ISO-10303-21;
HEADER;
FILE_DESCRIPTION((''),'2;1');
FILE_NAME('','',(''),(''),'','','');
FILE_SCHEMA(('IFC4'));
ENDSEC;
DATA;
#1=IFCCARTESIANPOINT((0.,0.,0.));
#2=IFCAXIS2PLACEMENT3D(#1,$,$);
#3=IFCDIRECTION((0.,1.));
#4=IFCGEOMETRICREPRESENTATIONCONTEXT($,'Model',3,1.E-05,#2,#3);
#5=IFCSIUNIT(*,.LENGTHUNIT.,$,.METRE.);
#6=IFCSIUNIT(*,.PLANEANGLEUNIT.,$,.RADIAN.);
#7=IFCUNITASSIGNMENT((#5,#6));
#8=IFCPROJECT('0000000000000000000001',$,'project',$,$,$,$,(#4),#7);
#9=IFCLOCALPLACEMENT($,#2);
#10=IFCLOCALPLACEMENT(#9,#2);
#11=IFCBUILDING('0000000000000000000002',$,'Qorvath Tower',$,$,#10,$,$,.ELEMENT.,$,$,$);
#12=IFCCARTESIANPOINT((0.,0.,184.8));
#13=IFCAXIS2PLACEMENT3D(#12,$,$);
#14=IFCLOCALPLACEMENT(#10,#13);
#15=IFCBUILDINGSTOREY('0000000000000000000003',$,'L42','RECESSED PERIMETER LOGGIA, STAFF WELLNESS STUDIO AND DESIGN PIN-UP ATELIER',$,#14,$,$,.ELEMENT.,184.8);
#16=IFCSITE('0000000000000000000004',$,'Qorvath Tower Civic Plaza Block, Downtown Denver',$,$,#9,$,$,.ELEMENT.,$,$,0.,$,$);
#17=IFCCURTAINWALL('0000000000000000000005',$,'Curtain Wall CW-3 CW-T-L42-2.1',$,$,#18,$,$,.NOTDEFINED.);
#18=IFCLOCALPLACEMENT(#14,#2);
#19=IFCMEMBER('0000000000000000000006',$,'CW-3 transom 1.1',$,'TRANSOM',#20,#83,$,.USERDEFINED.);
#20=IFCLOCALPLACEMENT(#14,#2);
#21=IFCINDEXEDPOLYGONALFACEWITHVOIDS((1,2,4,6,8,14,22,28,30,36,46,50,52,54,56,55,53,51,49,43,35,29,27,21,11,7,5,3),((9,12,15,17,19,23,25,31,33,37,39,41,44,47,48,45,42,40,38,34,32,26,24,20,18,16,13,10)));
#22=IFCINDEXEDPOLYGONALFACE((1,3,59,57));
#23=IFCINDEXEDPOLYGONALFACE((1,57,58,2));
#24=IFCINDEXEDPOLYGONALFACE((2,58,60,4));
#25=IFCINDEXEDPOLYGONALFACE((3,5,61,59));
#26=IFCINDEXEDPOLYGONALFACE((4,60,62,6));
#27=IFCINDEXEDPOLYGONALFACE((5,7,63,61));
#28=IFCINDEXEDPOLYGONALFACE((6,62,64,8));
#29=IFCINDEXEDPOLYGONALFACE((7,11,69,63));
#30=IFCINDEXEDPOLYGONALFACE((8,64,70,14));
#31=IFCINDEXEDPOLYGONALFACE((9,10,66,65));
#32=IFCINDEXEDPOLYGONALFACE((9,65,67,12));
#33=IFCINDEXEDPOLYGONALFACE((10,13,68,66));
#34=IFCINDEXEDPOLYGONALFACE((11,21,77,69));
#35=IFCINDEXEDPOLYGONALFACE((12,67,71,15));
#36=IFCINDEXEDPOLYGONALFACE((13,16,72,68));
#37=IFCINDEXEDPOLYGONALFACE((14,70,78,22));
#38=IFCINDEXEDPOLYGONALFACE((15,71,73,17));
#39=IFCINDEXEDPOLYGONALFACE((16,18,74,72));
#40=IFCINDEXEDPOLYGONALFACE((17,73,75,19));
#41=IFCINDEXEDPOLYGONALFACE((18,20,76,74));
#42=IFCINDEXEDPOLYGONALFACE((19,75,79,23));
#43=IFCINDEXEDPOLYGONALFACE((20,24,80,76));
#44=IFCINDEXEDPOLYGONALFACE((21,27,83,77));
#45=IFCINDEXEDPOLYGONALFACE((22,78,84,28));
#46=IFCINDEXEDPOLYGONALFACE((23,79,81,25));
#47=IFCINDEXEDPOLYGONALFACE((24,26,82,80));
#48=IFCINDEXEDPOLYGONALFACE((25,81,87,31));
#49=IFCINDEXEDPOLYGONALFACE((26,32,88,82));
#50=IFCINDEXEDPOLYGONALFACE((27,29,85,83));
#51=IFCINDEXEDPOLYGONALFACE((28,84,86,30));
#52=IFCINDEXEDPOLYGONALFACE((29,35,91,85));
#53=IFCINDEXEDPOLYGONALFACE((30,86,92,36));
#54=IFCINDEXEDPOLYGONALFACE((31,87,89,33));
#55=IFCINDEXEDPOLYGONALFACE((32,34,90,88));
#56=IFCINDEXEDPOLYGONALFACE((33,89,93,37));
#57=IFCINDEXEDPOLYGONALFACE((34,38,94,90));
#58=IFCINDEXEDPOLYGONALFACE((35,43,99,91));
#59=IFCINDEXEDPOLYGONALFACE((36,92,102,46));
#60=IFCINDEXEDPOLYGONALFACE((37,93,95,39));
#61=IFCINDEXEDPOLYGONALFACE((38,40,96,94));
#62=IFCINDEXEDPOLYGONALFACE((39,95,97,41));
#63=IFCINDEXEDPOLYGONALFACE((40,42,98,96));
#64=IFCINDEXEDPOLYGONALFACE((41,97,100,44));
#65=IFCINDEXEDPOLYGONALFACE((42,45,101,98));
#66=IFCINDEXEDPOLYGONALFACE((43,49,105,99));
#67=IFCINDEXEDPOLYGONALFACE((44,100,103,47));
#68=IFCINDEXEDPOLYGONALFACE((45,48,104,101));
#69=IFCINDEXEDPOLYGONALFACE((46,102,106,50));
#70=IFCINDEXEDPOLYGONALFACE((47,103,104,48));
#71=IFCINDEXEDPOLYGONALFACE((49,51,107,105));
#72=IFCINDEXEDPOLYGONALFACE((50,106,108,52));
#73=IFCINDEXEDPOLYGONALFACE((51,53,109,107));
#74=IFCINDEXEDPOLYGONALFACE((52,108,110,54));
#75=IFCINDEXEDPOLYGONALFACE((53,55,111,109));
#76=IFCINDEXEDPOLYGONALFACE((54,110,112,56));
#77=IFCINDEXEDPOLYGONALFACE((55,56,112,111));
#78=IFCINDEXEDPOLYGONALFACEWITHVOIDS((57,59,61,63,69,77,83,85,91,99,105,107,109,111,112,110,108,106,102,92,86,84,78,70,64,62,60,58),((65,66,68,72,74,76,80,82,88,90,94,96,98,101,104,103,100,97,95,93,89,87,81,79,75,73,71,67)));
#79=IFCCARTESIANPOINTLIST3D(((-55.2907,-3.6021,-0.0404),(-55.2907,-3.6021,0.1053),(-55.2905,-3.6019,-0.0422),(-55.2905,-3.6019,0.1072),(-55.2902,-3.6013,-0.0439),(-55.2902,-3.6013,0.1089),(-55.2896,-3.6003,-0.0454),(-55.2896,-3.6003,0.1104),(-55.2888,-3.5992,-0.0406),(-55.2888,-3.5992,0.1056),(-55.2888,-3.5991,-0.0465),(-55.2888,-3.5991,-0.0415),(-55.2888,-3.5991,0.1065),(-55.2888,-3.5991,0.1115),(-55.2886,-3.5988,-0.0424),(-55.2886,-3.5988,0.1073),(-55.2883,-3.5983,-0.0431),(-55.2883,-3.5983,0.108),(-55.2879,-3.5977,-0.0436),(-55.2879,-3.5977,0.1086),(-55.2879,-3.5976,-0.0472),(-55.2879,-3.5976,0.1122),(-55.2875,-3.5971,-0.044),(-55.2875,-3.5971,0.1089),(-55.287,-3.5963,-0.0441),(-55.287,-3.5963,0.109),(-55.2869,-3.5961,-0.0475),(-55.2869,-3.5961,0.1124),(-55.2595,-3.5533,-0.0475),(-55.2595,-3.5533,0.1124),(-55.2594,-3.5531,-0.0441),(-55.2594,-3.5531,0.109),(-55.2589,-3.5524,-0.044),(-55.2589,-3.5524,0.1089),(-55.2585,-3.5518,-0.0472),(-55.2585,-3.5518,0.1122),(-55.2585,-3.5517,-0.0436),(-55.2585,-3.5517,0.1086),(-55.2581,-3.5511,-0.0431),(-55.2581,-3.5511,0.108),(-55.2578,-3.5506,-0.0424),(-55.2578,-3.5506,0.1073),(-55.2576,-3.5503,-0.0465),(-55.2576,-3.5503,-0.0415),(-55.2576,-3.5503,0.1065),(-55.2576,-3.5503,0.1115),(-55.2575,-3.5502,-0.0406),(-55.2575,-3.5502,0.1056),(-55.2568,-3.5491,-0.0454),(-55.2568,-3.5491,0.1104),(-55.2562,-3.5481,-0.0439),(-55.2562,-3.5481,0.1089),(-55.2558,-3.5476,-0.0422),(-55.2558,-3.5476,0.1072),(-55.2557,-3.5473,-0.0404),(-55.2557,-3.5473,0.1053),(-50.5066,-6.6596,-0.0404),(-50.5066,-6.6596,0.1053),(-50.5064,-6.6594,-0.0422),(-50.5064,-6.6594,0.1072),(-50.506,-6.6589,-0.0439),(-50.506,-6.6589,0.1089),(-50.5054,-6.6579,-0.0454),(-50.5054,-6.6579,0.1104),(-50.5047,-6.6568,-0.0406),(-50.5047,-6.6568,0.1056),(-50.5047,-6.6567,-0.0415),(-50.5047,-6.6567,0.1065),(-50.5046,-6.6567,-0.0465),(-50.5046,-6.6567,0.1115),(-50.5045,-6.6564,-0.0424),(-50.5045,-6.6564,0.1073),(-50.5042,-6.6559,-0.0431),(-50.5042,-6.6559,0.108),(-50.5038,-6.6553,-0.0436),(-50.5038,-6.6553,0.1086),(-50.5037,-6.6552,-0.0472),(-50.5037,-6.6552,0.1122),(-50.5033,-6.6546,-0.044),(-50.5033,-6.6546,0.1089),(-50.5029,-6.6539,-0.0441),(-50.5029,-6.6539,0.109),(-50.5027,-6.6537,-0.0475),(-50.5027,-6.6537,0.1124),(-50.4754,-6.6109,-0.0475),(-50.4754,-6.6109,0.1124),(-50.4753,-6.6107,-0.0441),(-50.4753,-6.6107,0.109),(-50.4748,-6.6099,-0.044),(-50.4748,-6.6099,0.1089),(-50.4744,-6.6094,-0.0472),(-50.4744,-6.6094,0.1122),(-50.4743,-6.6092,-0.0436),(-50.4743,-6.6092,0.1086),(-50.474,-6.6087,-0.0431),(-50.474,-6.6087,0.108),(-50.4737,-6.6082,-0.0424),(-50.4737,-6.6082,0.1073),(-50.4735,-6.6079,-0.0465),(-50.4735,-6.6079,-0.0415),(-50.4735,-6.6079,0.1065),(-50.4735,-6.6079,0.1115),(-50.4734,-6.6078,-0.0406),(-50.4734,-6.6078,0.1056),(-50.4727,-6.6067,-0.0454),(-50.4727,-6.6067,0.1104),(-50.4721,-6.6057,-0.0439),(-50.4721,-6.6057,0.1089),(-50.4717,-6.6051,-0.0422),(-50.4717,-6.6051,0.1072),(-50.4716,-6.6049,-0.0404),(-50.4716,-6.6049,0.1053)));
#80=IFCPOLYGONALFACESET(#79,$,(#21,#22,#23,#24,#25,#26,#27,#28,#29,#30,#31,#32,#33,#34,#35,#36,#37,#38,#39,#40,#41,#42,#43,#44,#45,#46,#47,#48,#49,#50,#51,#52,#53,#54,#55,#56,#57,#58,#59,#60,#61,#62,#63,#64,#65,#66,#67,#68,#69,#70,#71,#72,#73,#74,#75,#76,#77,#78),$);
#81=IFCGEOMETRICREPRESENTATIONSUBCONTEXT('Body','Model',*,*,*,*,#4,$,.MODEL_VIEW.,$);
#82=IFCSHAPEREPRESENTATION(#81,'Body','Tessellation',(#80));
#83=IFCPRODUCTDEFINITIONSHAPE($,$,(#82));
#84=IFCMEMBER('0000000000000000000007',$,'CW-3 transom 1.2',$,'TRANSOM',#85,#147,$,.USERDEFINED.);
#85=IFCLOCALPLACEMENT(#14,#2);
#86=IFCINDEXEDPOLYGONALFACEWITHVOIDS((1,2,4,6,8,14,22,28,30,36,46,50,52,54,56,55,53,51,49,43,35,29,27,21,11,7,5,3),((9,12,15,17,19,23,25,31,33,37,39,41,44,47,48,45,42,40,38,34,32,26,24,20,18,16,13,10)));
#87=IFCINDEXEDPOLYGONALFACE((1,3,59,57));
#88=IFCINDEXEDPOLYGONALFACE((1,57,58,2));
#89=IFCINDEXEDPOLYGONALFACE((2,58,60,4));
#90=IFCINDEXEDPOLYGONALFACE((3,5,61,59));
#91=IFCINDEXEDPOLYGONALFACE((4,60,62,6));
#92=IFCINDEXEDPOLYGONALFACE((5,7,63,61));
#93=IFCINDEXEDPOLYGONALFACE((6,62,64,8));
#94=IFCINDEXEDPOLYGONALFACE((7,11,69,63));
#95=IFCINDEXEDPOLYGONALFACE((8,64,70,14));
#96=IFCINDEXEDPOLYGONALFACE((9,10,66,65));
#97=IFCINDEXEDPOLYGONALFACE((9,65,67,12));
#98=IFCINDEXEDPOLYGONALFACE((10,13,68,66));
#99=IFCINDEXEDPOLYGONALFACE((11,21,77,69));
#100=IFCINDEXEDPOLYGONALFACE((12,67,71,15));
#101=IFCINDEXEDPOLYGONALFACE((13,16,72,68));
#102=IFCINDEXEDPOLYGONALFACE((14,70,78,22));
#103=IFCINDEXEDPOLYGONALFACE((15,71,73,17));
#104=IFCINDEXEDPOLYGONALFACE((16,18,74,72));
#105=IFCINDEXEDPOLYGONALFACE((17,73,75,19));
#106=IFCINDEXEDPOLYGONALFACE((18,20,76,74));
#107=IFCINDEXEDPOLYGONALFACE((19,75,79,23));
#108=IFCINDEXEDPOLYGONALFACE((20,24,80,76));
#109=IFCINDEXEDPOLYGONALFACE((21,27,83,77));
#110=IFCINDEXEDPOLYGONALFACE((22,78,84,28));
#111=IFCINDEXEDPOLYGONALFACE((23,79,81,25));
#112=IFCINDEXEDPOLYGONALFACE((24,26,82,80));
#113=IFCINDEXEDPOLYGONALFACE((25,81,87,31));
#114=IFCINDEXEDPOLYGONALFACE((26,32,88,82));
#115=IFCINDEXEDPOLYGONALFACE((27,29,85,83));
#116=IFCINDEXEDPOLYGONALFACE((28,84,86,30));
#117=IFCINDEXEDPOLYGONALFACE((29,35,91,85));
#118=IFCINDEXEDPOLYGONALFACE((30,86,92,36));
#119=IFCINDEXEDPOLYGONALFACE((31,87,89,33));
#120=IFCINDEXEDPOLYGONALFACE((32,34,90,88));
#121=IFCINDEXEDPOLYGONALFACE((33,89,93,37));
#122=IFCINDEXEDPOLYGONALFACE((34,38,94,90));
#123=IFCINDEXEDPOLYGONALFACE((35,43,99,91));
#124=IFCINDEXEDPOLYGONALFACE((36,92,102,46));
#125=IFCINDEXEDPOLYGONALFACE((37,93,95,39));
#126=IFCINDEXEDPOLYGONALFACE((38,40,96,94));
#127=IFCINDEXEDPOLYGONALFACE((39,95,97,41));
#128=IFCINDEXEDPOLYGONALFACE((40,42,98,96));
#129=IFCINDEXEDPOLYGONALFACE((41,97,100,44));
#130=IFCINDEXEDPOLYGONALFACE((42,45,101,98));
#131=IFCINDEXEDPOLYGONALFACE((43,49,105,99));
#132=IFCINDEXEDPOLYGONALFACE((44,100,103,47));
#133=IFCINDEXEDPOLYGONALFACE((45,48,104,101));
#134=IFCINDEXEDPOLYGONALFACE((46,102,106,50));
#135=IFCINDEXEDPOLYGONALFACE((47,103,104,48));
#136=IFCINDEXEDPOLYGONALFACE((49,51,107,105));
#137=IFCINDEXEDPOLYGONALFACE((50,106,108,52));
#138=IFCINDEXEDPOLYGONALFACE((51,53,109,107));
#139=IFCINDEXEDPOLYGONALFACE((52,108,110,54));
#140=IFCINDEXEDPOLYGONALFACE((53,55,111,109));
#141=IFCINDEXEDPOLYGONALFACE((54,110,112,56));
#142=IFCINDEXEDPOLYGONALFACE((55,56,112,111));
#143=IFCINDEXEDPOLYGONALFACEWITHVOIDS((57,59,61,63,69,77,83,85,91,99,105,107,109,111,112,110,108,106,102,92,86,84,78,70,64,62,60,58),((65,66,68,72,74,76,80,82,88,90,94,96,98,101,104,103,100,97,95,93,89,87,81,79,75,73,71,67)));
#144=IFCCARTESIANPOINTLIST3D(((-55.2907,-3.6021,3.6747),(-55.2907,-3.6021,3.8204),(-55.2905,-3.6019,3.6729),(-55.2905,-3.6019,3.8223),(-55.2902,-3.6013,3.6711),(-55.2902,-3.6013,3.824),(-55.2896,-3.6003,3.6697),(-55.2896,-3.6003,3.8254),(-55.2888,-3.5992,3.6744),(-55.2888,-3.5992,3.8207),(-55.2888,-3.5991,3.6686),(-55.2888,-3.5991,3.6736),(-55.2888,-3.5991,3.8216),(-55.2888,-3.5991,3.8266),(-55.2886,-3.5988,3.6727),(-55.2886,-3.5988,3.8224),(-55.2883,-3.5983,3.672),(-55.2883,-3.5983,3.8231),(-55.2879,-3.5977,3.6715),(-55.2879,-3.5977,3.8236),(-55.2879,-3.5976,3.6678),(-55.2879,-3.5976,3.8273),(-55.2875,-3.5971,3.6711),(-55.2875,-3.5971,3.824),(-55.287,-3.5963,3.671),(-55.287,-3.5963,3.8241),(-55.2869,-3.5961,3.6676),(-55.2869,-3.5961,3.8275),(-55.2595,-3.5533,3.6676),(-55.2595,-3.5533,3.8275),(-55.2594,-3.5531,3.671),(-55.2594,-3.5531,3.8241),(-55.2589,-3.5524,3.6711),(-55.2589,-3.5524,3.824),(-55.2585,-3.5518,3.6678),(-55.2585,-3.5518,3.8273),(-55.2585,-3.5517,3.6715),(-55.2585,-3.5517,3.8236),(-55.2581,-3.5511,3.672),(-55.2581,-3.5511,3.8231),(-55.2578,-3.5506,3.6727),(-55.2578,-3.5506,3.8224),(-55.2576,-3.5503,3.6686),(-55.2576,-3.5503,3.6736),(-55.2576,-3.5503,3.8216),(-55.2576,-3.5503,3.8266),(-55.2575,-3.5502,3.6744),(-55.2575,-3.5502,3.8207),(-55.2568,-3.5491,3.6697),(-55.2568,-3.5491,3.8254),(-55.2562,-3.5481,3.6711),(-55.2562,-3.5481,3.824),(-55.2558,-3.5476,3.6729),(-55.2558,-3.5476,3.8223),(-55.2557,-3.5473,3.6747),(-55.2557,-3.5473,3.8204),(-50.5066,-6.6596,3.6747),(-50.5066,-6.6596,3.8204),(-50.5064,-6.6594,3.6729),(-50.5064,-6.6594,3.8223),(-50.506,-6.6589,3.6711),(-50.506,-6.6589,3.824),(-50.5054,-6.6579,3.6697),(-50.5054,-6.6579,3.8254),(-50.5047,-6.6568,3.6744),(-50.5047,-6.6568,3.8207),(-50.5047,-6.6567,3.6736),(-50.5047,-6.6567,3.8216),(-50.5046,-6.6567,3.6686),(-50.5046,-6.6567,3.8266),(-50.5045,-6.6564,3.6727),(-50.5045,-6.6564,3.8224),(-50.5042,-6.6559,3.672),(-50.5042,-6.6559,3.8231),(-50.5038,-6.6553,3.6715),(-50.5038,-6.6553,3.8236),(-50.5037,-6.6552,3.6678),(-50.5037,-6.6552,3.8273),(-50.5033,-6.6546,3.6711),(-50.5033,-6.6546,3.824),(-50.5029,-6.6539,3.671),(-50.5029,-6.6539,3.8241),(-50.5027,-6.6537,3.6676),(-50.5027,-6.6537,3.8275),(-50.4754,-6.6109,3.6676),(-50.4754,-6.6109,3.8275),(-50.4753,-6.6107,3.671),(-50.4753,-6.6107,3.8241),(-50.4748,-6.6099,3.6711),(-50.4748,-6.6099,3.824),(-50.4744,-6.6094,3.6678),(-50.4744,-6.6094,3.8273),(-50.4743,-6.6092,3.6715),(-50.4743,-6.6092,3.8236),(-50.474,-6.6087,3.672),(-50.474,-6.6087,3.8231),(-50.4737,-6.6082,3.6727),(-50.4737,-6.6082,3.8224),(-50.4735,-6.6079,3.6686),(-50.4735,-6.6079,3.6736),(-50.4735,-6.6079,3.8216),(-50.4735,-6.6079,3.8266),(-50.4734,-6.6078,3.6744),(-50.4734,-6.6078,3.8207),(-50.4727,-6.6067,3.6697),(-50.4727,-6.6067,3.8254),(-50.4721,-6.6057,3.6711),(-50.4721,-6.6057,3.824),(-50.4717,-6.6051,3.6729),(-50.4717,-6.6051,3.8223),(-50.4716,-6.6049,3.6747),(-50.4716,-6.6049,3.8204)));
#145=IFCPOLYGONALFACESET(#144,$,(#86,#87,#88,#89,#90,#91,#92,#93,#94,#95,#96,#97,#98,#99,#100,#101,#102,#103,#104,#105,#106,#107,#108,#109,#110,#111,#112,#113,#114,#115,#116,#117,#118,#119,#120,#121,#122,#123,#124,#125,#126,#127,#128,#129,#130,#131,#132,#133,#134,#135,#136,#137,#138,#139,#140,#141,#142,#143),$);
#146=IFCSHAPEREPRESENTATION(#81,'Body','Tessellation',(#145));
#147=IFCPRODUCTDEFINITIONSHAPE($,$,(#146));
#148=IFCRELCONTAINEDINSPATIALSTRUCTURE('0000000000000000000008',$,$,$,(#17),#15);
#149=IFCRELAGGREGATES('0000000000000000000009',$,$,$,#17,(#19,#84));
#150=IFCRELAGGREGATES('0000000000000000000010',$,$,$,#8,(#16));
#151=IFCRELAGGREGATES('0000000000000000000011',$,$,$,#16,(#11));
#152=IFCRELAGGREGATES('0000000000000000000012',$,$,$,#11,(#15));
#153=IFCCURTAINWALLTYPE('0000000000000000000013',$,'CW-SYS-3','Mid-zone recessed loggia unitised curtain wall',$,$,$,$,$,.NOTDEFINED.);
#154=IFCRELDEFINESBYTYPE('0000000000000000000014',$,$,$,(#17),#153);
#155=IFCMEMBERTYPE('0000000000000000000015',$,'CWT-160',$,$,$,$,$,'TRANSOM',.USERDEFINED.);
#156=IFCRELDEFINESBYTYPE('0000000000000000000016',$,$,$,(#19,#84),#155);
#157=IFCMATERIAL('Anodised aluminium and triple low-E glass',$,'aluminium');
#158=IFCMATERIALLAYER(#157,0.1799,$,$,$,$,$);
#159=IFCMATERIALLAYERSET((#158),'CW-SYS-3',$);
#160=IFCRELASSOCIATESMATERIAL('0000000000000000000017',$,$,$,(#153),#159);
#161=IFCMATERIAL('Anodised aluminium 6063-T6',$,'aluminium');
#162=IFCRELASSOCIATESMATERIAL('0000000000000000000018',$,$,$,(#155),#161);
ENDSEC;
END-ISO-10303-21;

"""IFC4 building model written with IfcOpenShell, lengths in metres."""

from ifc_helpers import new_model, si_unit, direction, frame, origin, origin_2d, place, context, subcontext, project, spatial, hollow_rectangle, extrude, material, layer, layer_set, material_profile, profile_set, type_object, element, aggregate, save


model = new_model("IFC4")

# Units and contexts
model_context = context("Model", 3, precision=1e-05, world=origin(), true_north=direction((0.0, 1.0)))
body_context = subcontext(model_context, "Body", "Model", "MODEL_VIEW")
ifc_project = project(units=[si_unit("LENGTHUNIT", "METRE"), si_unit("PLANEANGLEUNIT", "RADIAN")], contexts=[model_context])

# Site, building, storey
site_placement = place(None, origin())
site = spatial("IfcSite", under=ifc_project, at=site_placement, Name="Qorvath Tower Civic Plaza Block, Downtown Denver", CompositionType="ELEMENT", RefElevation=0.0)
building_placement = place(site_placement, origin())
building = spatial("IfcBuilding", under=site, at=building_placement, Name="Qorvath Tower", CompositionType="ELEMENT")
storey_placement = place(building_placement, frame((0.0, 0.0, 184.8)))
storey = spatial("IfcBuildingStorey", under=building, at=storey_placement, Name="L42", Description="RECESSED PERIMETER LOGGIA, STAFF WELLNESS STUDIO AND DESIGN PIN-UP ATELIER", CompositionType="ELEMENT", Elevation=184.8)

# Curtain wall, members
ifc_material_1 = material(Name="Anodised aluminium and triple low-E glass", Category="aluminium")
ifc_layer_1 = layer(ifc_material_1, 0.1799)
ifc_layer_set_1 = layer_set([ifc_layer_1], Name="CW-SYS-3")
curtain_wall_type = type_object("IfcCurtainWallType", Name="CW-SYS-3", Description="Mid-zone recessed loggia unitised curtain wall", PredefinedType="NOTDEFINED", material=ifc_layer_set_1)
curtain_wall_placement = place(storey_placement, origin())
curtain_wall = element("IfcCurtainWall", 1, at=curtain_wall_placement, inside=storey, type_object=curtain_wall_type, Name="Curtain Wall CW-3 CW-T-L42-2.1", PredefinedType="NOTDEFINED")
ifc_material_2 = material(Name="Anodised aluminium 6063-T6", Category="aluminium")
ifc_material_profile_1 = material_profile(ifc_material_2, hollow_rectangle(XDim=0.0649, YDim=0.1599, WallThickness=0.0034, InnerFilletRadius=0.0034, OuterFilletRadius=0.0071, at=origin_2d()), Name="CWT 160x65")
ifc_profile_set_1 = profile_set([ifc_material_profile_1], Name="Anodised aluminium 6063-T6")
member_type_1 = type_object("IfcMemberType", Name="CWT-160", ElementType="TRANSOM", PredefinedType="USERDEFINED", material=ifc_profile_set_1)
member_1_placement = place(storey_placement, frame((-55.2732, -3.5747, 0.0325), z_axis=(0.842612, -0.538522, 0.0), x_axis=(0.538522, 0.842612, 0.0)))
member_1 = element("IfcMember", 2, at=member_1_placement, type_object=member_type_1, Name="CW-3 transom 1.1", ObjectType="TRANSOM", PredefinedType="USERDEFINED", context=body_context, shape_type="SweptSolid", body=[
    extrude(hollow_rectangle(XDim=0.0649, YDim=0.1599, WallThickness=0.0034, InnerFilletRadius=0.0034, OuterFilletRadius=0.0071, at=origin_2d()), origin(), (0.0, 0.0, 1.0), 5.6777),
])
member_2_placement = place(storey_placement, frame((-55.2732, -3.5747, 3.7476), z_axis=(0.842612, -0.538522, 0.0), x_axis=(0.538522, 0.842612, 0.0)))
member_2 = element("IfcMember", 3, at=member_2_placement, type_object=member_type_1, Name="CW-3 transom 1.2", ObjectType="TRANSOM", PredefinedType="USERDEFINED", context=body_context, shape_type="SweptSolid", body=[
    extrude(hollow_rectangle(XDim=0.0649, YDim=0.1599, WallThickness=0.0034, InnerFilletRadius=0.0034, OuterFilletRadius=0.0071, at=origin_2d()), origin(), (0.0, 0.0, 1.0), 5.6777),
])
aggregate(curtain_wall, [member_1, member_2])

save(model, "model.ifc")
